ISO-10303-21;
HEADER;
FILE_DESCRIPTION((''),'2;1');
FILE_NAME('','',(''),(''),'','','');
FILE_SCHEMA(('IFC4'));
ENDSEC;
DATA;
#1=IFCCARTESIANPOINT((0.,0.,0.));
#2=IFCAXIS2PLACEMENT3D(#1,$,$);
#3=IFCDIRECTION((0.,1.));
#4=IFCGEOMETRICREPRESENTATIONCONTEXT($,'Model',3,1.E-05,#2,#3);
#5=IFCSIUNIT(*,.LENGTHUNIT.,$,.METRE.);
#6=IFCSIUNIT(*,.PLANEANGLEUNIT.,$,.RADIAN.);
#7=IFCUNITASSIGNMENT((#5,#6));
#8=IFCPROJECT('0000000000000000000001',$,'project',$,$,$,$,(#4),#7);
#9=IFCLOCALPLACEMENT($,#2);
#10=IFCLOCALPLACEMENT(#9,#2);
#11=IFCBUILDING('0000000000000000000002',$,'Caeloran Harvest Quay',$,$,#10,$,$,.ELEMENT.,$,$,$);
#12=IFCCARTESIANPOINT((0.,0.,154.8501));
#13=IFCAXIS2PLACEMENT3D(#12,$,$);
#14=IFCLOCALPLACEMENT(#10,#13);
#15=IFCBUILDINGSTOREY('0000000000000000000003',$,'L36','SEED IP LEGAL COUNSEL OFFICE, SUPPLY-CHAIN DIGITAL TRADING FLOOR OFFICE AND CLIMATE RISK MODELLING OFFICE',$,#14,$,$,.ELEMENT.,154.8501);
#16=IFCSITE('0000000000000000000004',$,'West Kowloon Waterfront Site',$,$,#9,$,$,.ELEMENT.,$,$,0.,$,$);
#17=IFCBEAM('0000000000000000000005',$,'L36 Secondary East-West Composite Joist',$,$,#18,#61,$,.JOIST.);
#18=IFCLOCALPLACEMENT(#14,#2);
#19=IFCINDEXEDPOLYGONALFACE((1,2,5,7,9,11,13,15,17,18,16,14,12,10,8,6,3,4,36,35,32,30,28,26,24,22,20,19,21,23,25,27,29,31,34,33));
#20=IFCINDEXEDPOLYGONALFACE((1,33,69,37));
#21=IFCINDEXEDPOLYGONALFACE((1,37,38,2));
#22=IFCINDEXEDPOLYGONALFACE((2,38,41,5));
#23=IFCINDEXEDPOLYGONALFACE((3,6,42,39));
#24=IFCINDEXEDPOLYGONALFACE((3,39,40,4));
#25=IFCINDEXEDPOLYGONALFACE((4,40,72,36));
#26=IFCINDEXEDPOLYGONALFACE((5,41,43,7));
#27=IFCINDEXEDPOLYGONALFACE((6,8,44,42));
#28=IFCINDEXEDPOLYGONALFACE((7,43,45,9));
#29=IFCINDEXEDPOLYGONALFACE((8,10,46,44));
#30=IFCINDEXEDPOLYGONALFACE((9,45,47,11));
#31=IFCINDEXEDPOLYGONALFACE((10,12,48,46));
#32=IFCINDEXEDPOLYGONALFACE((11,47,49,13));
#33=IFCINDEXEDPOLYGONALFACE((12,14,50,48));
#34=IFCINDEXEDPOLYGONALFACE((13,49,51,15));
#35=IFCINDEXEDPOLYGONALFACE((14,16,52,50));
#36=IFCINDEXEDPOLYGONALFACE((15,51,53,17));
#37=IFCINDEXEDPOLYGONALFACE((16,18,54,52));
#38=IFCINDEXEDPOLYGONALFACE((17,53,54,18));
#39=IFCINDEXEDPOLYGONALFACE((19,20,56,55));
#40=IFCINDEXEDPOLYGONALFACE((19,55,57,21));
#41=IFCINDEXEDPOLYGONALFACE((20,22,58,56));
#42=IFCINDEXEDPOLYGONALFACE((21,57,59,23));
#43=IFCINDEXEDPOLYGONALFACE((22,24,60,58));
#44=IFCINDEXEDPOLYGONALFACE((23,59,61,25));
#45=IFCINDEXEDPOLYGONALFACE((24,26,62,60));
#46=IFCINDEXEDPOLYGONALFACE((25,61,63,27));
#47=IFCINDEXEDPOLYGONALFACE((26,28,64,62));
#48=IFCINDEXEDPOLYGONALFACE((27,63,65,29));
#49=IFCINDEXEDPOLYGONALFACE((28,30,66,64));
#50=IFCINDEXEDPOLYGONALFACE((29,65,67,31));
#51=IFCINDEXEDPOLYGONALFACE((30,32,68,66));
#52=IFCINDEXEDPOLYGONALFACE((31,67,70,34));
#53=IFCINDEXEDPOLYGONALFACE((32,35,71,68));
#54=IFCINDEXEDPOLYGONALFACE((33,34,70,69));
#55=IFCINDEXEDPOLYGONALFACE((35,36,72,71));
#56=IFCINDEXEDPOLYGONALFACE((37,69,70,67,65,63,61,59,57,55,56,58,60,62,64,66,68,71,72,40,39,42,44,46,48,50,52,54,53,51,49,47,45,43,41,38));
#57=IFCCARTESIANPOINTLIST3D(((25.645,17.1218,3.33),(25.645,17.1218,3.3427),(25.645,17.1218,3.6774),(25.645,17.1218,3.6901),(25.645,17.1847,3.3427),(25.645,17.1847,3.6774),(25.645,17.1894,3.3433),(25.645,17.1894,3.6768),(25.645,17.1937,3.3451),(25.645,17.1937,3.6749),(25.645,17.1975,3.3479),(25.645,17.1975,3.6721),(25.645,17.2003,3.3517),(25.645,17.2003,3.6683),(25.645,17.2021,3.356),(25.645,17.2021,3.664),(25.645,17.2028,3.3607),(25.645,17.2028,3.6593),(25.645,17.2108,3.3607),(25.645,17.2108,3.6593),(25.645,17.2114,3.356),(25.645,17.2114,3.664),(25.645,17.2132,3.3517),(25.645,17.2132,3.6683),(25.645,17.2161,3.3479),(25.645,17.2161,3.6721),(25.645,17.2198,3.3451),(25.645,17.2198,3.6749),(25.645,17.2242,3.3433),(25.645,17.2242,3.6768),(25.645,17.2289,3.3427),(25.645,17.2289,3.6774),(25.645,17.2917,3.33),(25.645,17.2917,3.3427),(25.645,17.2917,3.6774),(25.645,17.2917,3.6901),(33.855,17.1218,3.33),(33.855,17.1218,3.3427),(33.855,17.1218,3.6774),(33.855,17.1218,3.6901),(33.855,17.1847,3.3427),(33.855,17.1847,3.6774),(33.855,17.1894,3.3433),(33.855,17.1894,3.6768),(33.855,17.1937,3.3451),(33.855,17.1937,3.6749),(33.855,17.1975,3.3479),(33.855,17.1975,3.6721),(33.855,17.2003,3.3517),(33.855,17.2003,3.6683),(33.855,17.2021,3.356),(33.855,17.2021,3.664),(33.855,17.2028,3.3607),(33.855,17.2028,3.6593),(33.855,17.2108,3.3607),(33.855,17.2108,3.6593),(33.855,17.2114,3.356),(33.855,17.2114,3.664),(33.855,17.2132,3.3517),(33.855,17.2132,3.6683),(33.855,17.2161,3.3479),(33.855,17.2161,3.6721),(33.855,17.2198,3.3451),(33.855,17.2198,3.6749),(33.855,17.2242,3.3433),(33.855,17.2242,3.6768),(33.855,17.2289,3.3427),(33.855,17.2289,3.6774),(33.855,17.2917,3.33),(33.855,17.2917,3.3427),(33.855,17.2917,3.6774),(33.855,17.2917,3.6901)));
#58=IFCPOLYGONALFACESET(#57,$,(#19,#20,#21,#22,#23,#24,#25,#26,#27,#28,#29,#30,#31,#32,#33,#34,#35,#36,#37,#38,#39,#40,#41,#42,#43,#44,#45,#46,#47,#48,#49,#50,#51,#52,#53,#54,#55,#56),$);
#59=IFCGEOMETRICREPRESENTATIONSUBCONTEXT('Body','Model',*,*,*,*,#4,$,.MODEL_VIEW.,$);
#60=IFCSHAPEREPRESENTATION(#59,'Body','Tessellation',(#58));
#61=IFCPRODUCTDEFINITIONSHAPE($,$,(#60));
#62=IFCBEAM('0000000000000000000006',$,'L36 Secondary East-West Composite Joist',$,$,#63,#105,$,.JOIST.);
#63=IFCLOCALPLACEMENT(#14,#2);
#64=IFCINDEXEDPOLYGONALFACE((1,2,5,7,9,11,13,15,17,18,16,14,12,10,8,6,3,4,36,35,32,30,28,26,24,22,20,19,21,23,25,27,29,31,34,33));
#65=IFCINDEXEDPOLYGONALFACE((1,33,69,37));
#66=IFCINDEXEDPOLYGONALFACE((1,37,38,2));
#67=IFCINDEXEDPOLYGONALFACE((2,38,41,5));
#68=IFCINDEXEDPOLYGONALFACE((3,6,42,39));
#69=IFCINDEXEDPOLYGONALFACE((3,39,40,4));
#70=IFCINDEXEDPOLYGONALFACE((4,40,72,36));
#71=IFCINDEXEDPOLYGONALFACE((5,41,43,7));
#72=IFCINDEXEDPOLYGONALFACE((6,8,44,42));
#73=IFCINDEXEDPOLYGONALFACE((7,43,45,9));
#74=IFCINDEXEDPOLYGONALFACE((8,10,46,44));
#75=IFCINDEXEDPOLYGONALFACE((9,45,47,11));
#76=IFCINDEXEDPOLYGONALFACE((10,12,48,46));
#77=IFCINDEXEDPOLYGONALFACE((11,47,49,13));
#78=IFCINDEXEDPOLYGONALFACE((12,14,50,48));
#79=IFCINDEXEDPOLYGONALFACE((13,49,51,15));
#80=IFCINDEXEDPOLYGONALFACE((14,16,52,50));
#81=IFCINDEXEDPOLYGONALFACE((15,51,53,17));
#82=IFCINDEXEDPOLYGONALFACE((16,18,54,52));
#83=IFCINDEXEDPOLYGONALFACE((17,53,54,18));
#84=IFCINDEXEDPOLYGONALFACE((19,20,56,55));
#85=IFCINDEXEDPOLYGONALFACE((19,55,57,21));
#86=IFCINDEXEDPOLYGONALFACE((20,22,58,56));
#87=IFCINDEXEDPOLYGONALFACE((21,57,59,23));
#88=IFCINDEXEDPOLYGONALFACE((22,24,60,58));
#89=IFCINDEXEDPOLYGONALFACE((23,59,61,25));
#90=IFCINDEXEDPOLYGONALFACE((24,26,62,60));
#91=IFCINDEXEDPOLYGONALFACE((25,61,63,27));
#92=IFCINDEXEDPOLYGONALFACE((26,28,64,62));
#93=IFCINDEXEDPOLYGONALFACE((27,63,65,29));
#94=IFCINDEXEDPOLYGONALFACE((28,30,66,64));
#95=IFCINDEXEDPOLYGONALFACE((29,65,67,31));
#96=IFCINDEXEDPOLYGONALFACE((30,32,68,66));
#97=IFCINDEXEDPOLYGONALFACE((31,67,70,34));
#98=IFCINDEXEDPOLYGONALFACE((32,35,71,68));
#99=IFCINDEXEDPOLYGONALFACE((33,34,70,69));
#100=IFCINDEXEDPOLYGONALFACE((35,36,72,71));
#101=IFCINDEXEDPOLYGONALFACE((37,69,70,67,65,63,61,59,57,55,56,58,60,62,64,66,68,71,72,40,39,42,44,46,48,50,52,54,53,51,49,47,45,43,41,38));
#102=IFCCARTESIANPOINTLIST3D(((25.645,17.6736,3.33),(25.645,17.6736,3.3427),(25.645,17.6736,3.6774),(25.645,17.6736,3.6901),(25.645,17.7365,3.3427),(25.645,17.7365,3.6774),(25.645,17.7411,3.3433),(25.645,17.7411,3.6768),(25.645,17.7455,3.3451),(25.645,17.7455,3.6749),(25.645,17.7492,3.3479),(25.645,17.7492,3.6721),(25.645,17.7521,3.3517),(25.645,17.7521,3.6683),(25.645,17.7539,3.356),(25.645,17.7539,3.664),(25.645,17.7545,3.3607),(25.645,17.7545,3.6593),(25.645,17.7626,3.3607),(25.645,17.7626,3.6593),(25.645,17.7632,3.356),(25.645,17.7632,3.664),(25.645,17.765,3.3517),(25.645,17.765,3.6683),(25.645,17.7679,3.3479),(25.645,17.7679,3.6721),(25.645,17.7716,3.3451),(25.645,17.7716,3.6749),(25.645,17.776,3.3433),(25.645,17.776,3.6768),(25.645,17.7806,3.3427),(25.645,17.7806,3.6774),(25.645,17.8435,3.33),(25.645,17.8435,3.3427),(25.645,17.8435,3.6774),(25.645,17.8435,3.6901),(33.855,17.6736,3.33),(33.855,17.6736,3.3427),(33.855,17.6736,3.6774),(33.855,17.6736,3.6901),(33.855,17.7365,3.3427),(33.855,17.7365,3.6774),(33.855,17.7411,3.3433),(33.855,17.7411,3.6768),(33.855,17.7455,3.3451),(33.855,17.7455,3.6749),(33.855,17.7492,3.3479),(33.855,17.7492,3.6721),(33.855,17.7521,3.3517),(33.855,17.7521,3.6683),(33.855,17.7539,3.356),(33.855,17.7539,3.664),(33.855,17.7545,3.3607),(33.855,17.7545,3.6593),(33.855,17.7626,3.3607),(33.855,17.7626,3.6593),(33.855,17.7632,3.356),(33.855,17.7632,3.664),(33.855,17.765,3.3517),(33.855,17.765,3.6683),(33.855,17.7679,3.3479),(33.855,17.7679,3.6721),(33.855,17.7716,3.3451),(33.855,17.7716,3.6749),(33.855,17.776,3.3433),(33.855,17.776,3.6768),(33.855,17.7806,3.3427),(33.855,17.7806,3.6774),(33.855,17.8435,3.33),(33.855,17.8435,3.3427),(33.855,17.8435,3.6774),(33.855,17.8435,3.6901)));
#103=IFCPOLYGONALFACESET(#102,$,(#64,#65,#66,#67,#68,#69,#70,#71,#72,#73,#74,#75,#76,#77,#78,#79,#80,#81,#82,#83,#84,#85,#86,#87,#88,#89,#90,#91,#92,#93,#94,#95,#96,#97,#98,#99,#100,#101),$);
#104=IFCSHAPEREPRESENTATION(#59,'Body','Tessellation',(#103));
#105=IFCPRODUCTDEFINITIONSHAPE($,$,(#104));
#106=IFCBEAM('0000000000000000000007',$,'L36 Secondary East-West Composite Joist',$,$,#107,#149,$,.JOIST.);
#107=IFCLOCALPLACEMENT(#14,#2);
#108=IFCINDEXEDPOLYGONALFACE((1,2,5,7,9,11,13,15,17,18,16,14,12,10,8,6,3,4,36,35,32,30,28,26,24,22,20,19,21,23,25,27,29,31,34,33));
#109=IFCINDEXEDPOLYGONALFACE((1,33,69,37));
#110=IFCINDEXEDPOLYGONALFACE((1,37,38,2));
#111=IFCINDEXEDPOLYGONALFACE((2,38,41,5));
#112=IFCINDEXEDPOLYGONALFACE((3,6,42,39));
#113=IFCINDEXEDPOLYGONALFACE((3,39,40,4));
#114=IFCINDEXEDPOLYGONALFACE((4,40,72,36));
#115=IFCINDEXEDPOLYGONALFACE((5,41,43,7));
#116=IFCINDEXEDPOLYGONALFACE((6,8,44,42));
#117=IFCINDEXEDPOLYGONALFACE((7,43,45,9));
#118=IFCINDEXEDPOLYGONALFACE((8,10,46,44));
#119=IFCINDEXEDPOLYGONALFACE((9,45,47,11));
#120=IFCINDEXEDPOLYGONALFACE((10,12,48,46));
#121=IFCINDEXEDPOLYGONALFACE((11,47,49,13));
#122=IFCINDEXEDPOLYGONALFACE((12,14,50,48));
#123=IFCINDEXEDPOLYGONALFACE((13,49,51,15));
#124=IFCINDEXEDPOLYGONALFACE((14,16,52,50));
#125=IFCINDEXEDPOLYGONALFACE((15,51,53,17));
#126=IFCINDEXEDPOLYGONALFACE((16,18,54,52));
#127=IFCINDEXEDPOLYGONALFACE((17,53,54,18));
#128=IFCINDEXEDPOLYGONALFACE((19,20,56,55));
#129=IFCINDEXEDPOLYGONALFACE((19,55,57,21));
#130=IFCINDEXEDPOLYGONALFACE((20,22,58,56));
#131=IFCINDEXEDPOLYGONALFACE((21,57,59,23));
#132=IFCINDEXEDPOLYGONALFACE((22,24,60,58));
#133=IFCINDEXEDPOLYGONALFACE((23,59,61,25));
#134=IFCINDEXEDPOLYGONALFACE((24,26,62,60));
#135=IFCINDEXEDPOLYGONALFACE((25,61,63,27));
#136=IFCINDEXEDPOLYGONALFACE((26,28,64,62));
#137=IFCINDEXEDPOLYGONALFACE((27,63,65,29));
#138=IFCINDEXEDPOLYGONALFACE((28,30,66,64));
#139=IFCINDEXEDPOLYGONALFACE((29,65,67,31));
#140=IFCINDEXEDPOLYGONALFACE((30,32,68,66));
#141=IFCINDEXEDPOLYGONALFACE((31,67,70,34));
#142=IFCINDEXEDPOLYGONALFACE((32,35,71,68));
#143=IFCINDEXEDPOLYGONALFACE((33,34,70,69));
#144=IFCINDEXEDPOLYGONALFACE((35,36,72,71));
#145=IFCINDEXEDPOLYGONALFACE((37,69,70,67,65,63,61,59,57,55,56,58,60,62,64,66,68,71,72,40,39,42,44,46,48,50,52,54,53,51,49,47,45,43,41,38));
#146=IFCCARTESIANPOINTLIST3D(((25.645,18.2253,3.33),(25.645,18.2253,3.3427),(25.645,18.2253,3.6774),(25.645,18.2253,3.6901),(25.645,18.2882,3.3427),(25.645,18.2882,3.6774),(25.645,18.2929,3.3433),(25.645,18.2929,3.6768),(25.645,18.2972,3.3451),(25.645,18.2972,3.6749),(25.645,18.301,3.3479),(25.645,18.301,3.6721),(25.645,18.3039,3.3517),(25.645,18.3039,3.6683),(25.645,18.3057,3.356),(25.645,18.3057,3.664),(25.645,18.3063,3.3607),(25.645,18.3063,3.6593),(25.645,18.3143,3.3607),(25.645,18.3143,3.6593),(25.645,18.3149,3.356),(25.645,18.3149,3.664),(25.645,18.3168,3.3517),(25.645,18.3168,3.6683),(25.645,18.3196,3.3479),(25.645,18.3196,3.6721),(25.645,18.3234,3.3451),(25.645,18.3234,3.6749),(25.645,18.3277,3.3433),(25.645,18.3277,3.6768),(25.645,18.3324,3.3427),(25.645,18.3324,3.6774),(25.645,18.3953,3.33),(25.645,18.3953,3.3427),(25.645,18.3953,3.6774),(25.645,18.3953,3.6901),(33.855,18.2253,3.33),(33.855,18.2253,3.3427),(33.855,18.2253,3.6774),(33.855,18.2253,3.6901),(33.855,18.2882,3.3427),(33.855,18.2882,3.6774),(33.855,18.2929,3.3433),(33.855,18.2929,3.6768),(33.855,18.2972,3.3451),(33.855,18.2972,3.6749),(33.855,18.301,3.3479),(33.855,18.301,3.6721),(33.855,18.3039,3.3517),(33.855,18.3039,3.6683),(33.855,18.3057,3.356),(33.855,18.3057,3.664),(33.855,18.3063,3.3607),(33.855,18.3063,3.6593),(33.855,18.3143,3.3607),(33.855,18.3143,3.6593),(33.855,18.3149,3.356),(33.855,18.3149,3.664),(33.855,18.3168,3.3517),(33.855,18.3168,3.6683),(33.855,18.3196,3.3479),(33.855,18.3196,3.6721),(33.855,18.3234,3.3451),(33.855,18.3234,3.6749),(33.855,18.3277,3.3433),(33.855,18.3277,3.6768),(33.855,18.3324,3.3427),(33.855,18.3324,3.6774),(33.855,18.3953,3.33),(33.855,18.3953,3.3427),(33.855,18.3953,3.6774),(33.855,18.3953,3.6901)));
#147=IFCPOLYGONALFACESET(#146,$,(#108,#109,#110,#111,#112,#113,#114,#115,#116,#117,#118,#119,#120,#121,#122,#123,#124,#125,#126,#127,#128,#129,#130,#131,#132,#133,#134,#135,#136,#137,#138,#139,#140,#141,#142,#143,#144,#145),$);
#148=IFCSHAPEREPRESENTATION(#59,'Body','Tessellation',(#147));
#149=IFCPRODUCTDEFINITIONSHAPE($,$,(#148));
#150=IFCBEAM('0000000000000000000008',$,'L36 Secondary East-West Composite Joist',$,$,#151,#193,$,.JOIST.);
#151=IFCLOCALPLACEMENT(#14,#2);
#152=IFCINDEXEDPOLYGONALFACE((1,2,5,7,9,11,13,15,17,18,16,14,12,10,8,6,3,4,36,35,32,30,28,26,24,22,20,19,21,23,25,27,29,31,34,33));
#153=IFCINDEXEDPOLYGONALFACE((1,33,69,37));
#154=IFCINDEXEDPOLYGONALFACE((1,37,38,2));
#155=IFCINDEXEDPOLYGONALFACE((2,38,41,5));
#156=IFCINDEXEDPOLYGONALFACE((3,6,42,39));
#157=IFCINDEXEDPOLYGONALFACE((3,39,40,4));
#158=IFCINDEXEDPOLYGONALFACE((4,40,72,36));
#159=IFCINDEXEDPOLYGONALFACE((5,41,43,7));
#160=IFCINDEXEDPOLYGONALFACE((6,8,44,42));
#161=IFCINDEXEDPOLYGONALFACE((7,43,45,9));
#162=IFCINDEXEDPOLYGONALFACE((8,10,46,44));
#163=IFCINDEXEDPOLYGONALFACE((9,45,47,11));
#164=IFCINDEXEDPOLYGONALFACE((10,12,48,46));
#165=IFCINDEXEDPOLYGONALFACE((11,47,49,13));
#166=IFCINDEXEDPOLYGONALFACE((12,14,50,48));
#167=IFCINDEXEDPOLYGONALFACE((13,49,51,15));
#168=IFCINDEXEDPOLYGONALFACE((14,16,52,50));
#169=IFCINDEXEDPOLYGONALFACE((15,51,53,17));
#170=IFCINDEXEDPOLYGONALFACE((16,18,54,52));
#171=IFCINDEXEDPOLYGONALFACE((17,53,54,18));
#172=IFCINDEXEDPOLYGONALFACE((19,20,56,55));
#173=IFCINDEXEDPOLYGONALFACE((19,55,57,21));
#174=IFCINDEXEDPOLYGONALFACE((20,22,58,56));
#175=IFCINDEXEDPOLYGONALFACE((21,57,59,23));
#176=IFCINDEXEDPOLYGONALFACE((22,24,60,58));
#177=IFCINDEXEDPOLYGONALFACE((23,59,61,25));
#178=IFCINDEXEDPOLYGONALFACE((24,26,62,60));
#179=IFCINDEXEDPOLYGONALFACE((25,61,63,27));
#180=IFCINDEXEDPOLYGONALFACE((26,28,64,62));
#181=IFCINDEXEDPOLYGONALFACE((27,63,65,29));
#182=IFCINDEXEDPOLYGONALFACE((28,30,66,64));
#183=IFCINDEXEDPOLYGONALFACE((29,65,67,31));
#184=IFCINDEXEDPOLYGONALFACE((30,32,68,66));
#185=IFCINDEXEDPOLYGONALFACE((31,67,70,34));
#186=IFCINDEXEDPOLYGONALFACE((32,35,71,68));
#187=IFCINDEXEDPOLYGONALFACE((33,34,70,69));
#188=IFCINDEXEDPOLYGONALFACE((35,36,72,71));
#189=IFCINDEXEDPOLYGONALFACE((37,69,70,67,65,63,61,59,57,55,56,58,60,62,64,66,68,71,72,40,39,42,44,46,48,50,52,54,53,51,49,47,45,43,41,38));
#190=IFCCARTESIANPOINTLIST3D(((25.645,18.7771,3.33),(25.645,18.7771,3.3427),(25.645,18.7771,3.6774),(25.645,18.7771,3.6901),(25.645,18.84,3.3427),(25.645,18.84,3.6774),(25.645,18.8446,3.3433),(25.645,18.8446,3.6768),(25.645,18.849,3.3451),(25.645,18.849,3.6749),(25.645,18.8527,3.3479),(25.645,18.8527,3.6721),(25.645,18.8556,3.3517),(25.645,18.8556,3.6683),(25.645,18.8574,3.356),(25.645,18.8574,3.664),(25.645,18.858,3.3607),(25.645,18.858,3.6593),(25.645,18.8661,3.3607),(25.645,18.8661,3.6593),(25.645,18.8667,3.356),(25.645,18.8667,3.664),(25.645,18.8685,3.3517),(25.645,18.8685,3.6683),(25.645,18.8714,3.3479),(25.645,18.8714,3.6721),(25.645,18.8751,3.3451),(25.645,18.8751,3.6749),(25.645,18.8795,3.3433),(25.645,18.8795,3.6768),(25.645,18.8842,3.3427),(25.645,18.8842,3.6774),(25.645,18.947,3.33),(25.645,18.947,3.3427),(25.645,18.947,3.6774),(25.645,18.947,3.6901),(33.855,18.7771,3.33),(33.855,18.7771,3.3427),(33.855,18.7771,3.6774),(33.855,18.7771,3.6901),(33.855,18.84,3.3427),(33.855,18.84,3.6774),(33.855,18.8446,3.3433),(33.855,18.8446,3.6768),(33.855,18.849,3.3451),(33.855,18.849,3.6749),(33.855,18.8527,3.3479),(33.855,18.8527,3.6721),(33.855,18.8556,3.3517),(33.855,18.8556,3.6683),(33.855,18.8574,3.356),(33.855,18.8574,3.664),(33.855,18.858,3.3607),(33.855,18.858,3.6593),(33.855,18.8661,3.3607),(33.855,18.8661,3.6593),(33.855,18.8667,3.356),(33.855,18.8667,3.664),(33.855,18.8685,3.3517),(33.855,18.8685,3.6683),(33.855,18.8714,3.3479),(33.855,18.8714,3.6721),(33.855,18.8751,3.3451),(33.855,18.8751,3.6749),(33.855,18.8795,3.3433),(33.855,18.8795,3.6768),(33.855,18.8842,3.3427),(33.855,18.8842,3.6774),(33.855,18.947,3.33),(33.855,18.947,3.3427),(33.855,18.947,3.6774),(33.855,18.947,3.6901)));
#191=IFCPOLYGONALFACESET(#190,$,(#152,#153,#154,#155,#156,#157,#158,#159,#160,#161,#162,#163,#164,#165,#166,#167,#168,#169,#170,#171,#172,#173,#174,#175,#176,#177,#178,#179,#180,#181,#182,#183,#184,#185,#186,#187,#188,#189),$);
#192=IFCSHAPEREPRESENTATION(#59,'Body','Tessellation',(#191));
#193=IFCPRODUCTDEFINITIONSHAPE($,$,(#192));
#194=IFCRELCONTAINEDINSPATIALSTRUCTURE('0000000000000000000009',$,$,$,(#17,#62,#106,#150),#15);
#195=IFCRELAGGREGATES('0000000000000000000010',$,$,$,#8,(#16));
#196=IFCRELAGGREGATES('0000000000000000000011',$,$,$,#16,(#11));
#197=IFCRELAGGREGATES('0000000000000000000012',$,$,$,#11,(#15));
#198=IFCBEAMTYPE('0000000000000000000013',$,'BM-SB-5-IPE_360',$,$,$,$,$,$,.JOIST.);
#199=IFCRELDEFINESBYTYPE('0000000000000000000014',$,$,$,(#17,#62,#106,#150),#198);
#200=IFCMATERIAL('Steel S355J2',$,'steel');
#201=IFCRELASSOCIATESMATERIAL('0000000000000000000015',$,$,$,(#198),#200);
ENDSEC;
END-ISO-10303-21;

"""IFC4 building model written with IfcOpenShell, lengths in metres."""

from ifc_helpers import new_model, si_unit, direction, frame, origin, origin_2d, place, context, subcontext, project, spatial, i_section, extrude, material, material_profile, profile_set, type_object, element, save


model = new_model("IFC4")

# Units and contexts
model_context = context("Model", 3, precision=1e-05, world=origin(), true_north=direction((0.0, 1.0)))
body_context = subcontext(model_context, "Body", "Model", "MODEL_VIEW")
ifc_project = project(units=[si_unit("LENGTHUNIT", "METRE"), si_unit("PLANEANGLEUNIT", "RADIAN")], contexts=[model_context])

# Site, building, storey
site_placement = place(None, origin())
site = spatial("IfcSite", under=ifc_project, at=site_placement, Name="West Kowloon Waterfront Site", CompositionType="ELEMENT", RefElevation=0.0)
building_placement = place(site_placement, origin())
building = spatial("IfcBuilding", under=site, at=building_placement, Name="Caeloran Harvest Quay", CompositionType="ELEMENT")
storey_placement = place(building_placement, frame((0.0, 0.0, 154.8501)))
storey = spatial("IfcBuildingStorey", under=building, at=storey_placement, Name="L36", Description="SEED IP LEGAL COUNSEL OFFICE, SUPPLY-CHAIN DIGITAL TRADING FLOOR OFFICE AND CLIMATE RISK MODELLING OFFICE", CompositionType="ELEMENT", Elevation=154.8501)

# Beams
ifc_material_1 = material(Name="Steel S355J2", Category="steel")
ifc_material_profile_1 = material_profile(ifc_material_1, i_section(OverallWidth=0.1699, OverallDepth=0.3601, WebThickness=0.0081, FlangeThickness=0.0127, FilletRadius=0.0181, at=origin_2d()), Name="IPE 360")
ifc_profile_set_1 = profile_set([ifc_material_profile_1], Name="Steel S355J2")
beam_type_1 = type_object("IfcBeamType", Name="BM-SB-5-IPE_360", PredefinedType="JOIST", material=ifc_profile_set_1)
for number, where, z_axis, x_axis, name in (
    (1, (25.645, 17.2068, 3.51), (1.0, 0.0, 0.0), (0.0, 1.0, 0.0), "L36 Secondary East-West Composite Joist"),
    (2, (25.645, 17.7585, 3.51), (1.0, 0.0, 0.0), (0.0, 1.0, 0.0), "L36 Secondary East-West Composite Joist"),
    (3, (25.645, 18.3103, 3.51), (1.0, 0.0, 0.0), (0.0, 1.0, 0.0), "L36 Secondary East-West Composite Joist"),
    (4, (25.645, 18.8621, 3.51), (1.0, 0.0, 0.0), (0.0, 1.0, 0.0), "L36 Secondary East-West Composite Joist"),
):
    element("IfcBeam", number, at=place(storey_placement, frame(where, z_axis=z_axis, x_axis=x_axis)), inside=storey, type_object=beam_type_1, Name=name, PredefinedType="JOIST", context=body_context, shape_type="SweptSolid", body=[
        extrude(i_section(OverallWidth=0.1699, OverallDepth=0.3601, WebThickness=0.0081, FlangeThickness=0.0127, FilletRadius=0.0181, at=origin_2d()), origin(), (0.0, 0.0, 1.0), 8.21),
    ])

save(model, "model.ifc")
